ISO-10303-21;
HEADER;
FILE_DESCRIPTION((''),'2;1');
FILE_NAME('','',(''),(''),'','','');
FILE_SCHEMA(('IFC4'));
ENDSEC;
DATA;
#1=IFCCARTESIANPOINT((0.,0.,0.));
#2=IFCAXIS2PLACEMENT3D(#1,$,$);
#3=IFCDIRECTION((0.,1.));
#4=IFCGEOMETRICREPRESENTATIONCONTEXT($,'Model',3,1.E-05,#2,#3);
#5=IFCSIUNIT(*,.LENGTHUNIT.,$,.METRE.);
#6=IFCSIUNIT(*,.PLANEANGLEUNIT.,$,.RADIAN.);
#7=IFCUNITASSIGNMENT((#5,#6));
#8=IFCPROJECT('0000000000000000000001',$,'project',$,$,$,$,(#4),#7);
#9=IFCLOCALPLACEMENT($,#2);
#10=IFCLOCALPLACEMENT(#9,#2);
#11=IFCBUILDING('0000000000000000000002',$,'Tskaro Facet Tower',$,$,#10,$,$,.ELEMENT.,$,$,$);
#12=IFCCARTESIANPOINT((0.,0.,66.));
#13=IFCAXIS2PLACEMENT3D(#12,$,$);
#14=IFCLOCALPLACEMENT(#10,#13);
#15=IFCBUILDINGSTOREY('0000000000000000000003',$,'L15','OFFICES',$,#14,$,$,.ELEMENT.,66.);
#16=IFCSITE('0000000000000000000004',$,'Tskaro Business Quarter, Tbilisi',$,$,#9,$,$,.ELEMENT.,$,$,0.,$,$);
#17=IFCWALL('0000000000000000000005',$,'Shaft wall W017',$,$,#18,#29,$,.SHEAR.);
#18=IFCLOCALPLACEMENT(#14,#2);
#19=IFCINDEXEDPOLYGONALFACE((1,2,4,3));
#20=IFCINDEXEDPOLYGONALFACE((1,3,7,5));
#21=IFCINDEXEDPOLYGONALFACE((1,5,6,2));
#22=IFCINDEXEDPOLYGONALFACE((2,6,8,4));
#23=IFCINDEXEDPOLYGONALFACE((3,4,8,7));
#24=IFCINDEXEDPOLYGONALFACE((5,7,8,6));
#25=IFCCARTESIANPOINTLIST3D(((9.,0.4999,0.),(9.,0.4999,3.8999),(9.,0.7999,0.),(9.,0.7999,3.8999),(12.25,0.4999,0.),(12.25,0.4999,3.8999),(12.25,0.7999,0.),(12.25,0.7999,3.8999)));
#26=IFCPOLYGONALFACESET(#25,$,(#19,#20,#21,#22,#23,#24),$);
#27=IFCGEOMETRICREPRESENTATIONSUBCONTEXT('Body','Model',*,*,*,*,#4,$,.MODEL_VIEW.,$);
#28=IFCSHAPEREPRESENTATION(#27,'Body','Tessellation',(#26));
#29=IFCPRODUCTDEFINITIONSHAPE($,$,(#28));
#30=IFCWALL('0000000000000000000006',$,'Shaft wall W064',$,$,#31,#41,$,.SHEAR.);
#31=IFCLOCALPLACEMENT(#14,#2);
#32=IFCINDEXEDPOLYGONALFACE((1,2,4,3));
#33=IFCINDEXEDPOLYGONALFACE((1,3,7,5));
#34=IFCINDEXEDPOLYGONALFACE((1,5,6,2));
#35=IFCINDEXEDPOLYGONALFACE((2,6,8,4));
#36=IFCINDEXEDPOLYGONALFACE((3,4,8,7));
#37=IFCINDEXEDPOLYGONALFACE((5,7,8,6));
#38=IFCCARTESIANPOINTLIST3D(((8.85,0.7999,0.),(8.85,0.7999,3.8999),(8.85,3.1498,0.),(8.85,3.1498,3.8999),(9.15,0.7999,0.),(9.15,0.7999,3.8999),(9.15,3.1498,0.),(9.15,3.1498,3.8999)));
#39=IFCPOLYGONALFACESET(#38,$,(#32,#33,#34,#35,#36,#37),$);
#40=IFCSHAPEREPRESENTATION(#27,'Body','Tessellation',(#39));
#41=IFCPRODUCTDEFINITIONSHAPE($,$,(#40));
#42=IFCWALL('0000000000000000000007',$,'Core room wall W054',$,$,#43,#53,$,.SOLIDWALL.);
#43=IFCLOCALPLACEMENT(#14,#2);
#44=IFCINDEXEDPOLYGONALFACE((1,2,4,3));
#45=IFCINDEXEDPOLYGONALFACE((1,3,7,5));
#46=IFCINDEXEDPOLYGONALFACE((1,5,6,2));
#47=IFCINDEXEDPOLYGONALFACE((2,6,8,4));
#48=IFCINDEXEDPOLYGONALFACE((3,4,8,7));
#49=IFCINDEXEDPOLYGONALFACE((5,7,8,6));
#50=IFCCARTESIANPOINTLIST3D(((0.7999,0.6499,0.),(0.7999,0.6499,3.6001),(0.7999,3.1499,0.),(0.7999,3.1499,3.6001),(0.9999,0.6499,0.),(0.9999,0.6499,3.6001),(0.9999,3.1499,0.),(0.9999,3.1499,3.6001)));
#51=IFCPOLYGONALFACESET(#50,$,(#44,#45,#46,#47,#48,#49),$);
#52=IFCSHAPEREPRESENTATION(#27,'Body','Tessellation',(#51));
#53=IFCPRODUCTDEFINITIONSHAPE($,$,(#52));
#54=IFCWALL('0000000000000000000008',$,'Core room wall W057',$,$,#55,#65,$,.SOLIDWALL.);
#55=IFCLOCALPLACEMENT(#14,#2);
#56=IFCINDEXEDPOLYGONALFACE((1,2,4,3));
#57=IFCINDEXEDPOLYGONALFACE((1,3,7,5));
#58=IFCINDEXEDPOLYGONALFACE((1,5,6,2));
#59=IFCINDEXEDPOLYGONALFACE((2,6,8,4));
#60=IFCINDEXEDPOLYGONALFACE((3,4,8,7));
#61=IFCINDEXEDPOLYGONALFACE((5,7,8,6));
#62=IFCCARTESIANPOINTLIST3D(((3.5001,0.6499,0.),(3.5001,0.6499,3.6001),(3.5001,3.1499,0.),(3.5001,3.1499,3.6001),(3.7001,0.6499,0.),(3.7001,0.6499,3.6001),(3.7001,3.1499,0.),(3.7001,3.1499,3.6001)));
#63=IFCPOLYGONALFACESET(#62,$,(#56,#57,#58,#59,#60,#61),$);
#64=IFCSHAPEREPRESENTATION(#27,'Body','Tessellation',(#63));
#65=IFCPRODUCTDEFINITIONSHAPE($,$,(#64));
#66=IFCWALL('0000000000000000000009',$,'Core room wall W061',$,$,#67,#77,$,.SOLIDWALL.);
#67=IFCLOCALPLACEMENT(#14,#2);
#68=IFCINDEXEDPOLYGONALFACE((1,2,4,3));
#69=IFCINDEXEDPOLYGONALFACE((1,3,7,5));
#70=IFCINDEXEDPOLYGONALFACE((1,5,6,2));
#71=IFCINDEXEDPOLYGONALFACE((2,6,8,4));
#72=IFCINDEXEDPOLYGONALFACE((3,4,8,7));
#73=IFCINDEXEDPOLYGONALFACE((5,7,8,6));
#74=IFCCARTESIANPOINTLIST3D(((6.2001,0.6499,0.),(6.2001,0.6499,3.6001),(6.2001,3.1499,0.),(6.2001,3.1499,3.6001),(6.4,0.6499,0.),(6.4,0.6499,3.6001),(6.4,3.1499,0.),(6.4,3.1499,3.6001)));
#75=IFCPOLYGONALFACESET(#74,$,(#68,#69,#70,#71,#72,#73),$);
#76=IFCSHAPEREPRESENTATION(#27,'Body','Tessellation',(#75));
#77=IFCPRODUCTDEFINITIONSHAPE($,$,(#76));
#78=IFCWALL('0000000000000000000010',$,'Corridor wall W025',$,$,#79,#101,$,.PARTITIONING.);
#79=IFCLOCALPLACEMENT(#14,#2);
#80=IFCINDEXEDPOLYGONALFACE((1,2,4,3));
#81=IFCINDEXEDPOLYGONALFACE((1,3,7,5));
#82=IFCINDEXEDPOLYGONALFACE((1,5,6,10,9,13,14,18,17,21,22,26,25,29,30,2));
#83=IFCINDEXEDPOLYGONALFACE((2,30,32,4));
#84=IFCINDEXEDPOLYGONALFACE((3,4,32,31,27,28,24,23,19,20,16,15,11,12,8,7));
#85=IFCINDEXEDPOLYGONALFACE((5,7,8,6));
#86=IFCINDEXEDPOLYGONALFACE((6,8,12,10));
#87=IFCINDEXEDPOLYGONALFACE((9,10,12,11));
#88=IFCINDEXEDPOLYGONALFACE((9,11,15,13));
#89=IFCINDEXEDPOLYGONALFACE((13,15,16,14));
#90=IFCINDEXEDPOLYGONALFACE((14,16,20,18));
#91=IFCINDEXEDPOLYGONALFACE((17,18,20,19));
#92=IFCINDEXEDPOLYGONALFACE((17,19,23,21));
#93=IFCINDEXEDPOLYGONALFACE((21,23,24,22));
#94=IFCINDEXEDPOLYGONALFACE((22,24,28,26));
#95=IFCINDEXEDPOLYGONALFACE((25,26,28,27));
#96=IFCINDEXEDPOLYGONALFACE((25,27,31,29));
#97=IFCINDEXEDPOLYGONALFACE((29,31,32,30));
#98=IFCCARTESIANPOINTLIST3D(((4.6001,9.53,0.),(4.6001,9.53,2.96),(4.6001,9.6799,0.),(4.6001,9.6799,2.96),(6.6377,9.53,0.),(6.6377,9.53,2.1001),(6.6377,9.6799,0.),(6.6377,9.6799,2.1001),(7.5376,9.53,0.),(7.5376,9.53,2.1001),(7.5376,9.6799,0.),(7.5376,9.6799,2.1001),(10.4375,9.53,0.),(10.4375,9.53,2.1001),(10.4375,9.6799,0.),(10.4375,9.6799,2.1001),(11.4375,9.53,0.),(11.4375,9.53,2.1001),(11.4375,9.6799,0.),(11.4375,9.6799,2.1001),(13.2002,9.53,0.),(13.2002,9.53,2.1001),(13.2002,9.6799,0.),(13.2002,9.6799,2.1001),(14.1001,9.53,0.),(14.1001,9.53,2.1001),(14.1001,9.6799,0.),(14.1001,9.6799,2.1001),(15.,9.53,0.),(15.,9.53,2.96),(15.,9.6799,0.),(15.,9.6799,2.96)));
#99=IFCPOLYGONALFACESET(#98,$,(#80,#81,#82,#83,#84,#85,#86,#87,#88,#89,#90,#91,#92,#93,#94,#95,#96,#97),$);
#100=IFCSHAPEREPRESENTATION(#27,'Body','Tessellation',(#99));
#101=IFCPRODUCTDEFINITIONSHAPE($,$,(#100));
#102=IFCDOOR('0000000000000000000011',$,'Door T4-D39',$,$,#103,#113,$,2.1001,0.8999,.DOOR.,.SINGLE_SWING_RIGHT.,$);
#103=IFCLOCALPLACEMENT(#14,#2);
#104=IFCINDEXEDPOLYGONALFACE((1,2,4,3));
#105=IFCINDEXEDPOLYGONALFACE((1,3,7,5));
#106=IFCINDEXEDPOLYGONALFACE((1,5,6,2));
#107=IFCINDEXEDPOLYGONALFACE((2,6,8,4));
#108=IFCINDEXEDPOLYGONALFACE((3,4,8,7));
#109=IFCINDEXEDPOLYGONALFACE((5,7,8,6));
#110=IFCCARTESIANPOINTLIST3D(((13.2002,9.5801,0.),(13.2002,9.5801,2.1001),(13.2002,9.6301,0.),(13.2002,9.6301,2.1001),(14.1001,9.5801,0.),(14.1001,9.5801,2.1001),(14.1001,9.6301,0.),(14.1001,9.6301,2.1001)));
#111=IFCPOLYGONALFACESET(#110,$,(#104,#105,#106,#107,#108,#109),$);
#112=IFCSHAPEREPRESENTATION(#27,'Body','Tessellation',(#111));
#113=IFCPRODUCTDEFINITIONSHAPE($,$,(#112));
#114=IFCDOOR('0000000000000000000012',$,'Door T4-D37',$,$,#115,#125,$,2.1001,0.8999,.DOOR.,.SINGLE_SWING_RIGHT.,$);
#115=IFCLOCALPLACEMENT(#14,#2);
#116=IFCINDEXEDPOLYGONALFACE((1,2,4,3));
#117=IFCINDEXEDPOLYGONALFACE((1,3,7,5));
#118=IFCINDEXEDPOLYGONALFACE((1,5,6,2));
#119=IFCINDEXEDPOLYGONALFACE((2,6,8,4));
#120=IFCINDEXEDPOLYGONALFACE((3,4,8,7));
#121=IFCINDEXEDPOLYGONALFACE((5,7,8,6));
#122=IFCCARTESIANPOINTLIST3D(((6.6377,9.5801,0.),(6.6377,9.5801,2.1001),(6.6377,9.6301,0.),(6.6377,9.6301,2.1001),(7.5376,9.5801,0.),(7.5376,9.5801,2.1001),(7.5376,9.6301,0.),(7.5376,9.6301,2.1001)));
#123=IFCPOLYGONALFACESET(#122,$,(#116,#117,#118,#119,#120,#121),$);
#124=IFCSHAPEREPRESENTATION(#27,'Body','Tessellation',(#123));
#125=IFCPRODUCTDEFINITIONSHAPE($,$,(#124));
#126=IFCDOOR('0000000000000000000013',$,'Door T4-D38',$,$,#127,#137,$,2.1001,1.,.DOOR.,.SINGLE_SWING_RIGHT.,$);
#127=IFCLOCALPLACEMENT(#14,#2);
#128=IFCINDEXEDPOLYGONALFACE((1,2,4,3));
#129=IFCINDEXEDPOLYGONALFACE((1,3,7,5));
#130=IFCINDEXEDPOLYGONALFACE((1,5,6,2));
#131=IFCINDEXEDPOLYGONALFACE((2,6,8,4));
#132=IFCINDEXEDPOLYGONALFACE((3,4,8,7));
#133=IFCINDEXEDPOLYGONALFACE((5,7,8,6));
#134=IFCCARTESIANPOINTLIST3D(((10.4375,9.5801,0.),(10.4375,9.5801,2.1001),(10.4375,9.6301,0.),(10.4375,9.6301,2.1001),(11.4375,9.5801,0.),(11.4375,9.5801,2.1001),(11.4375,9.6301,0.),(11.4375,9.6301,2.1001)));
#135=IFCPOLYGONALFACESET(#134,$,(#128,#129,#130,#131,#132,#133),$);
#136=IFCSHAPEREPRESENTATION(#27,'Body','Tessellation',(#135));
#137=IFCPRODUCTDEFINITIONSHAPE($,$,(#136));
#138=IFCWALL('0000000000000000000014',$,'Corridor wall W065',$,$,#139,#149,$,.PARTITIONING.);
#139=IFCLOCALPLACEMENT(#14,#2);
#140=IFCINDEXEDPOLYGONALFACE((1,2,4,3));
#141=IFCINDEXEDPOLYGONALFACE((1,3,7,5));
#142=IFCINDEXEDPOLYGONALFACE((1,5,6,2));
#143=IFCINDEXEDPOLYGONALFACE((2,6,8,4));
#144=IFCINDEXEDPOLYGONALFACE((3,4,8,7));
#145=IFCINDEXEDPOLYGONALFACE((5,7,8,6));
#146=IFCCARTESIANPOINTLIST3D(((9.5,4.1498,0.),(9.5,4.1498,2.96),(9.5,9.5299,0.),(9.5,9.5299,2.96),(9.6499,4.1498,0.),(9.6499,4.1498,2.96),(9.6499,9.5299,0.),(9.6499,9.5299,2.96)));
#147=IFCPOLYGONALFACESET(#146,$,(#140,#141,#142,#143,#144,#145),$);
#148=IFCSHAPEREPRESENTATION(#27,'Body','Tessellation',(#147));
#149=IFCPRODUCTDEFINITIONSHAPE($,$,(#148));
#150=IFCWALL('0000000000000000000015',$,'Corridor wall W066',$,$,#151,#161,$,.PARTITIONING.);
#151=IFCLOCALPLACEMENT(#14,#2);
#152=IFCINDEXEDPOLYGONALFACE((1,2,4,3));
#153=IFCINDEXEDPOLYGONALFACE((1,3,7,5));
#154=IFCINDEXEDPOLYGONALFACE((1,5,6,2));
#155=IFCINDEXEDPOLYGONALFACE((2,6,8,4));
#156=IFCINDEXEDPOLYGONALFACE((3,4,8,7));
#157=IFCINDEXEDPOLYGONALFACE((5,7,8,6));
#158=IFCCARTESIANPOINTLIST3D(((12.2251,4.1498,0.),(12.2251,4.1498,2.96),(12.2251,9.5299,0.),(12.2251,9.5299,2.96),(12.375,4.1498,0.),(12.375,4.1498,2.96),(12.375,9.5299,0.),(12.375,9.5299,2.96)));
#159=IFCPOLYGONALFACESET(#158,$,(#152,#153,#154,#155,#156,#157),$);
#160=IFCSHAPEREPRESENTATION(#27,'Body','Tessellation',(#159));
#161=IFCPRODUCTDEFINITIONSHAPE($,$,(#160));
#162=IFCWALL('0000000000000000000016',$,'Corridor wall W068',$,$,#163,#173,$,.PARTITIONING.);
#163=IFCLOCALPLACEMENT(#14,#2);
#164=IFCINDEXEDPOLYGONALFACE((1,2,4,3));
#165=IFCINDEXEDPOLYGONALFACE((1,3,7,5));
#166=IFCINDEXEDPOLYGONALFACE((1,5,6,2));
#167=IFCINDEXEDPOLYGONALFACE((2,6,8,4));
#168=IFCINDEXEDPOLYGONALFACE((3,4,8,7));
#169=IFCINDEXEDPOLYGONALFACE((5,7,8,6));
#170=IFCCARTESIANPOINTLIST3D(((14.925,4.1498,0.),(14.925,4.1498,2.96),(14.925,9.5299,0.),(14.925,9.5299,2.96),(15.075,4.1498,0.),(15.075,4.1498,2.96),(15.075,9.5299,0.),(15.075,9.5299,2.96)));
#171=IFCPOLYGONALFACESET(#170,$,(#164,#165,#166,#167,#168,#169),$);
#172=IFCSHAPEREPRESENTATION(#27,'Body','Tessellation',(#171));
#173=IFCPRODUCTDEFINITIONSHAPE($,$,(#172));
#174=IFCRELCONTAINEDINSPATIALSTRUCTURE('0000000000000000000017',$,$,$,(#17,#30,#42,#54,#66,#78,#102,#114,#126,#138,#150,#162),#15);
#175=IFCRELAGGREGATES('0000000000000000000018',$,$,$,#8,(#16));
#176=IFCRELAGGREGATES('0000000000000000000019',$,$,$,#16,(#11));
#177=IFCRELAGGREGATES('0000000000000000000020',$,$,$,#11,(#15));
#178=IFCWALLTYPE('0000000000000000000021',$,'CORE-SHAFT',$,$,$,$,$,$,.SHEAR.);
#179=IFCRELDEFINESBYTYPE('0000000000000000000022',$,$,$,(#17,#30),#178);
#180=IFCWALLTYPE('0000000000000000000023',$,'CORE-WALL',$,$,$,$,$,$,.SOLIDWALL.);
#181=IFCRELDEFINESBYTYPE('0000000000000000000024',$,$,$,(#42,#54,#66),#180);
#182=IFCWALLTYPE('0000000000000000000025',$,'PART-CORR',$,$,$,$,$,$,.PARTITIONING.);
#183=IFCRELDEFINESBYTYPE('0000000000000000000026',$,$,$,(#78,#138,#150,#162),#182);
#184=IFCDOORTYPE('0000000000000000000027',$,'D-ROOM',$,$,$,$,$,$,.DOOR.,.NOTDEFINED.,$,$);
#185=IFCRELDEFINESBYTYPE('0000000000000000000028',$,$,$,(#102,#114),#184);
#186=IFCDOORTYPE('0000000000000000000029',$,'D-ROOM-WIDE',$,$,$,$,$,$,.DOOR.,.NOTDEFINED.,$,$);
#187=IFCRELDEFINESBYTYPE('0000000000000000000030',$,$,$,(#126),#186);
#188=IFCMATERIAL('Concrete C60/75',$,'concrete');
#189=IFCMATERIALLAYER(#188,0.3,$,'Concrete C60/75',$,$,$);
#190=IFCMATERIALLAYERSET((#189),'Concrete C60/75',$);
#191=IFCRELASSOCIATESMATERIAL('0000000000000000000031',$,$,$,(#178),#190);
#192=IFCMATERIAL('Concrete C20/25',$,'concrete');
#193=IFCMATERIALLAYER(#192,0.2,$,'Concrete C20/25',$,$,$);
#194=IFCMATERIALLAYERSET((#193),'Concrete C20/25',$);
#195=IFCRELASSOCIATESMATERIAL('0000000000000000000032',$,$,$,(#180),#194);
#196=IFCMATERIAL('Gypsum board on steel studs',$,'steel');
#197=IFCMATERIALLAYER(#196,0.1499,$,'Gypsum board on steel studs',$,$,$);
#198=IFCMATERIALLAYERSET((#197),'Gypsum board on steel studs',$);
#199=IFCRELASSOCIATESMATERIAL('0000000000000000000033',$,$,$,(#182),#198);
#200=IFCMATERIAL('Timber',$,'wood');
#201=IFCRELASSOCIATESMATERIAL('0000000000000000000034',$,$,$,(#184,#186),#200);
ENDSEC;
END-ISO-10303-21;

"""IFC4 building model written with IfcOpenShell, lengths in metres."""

from ifc_helpers import new_model, si_unit, direction, frame, frame_2d, origin, place, context, subcontext, project, spatial, rectangle, extrude, material, layer, layer_set, type_object, element, fill, save


model = new_model("IFC4")

# Units and contexts
model_context = context("Model", 3, precision=1e-05, world=origin(), true_north=direction((0.0, 1.0)))
body_context = subcontext(model_context, "Body", "Model", "MODEL_VIEW")
ifc_project = project(units=[si_unit("LENGTHUNIT", "METRE"), si_unit("PLANEANGLEUNIT", "RADIAN")], contexts=[model_context])

# Site, building, storey
site_placement = place(None, origin())
site = spatial("IfcSite", under=ifc_project, at=site_placement, Name="Tskaro Business Quarter, Tbilisi", CompositionType="ELEMENT", RefElevation=0.0)
building_placement = place(site_placement, origin())
building = spatial("IfcBuilding", under=site, at=building_placement, Name="Tskaro Facet Tower", CompositionType="ELEMENT")
storey_placement = place(building_placement, frame((0.0, 0.0, 66.0)))
storey = spatial("IfcBuildingStorey", under=building, at=storey_placement, Name="L15", Description="OFFICES", CompositionType="ELEMENT", Elevation=66.0)

# Shared definitions
ifc_material_1 = material(Name="Concrete C60/75", Category="concrete")
ifc_layer_1 = layer(ifc_material_1, 0.3, Name="Concrete C60/75")
ifc_layer_set_1 = layer_set([ifc_layer_1], Name="Concrete C60/75")
wall_type_1 = type_object("IfcWallType", Name="CORE-SHAFT", PredefinedType="SHEAR", material=ifc_layer_set_1)

# Walls
wall_1_placement = place(storey_placement, frame((12.25, 0.6499, 0.0), z_axis=(0.0, 0.0, 1.0), x_axis=(-1.0, 0.0, 0.0)))
element("IfcWall", 1, at=wall_1_placement, inside=storey, type_object=wall_type_1, Name="Shaft wall W017", PredefinedType="SHEAR", context=body_context, shape_type="SweptSolid", body=[
    extrude(rectangle(XDim=3.25, YDim=0.3, at=frame_2d((1.625, 0.0))), origin(), (0.0, 0.0, 1.0), 3.8999),
])
wall_2_placement = place(storey_placement, frame((9.0, 0.8, 0.0), z_axis=(0.0, 0.0, 1.0), x_axis=(0.0, 1.0, 0.0)))
element("IfcWall", 2, at=wall_2_placement, inside=storey, type_object=wall_type_1, Name="Shaft wall W064", PredefinedType="SHEAR", context=body_context, shape_type="SweptSolid", body=[
    extrude(rectangle(XDim=2.3499, YDim=0.3, at=frame_2d((1.1748, 0.0))), origin(), (0.0, 0.0, 1.0), 3.8999),
])
ifc_material_2 = material(Name="Concrete C20/25", Category="concrete")
ifc_layer_2 = layer(ifc_material_2, 0.2, Name="Concrete C20/25")
ifc_layer_set_2 = layer_set([ifc_layer_2], Name="Concrete C20/25")
wall_type_2 = type_object("IfcWallType", Name="CORE-WALL", PredefinedType="SOLIDWALL", material=ifc_layer_set_2)
for number, where, z_axis, x_axis, name in (
    (3, (0.8999, 0.6499, 0.0), (0.0, 0.0, 1.0), (0.0, 1.0, 0.0), "Core room wall W054"),
    (4, (3.6001, 0.6499, 0.0), (0.0, 0.0, 1.0), (0.0, 1.0, 0.0), "Core room wall W057"),
    (5, (6.3, 0.6499, 0.0), (0.0, 0.0, 1.0), (0.0, 1.0, 0.0), "Core room wall W061"),
):
    element("IfcWall", number, at=place(storey_placement, frame(where, z_axis=z_axis, x_axis=x_axis)), inside=storey, type_object=wall_type_2, Name=name, PredefinedType="SOLIDWALL", context=body_context, shape_type="SweptSolid", body=[
        extrude(rectangle(XDim=2.5, YDim=0.2, at=frame_2d((1.25, 0.0))), origin(), (0.0, 0.0, 1.0), 3.6001),
    ])

# Wall, openings, doors
ifc_material_3 = material(Name="Gypsum board on steel studs", Category="steel")
ifc_layer_3 = layer(ifc_material_3, 0.1499, Name="Gypsum board on steel studs")
ifc_layer_set_3 = layer_set([ifc_layer_3], Name="Gypsum board on steel studs")
wall_type_3 = type_object("IfcWallType", Name="PART-CORR", PredefinedType="PARTITIONING", material=ifc_layer_set_3)
wall_3_placement = place(storey_placement, frame((15.0, 9.605, 0.0), z_axis=(0.0, 0.0, 1.0), x_axis=(-1.0, 0.0, 0.0)))
wall_3 = element("IfcWall", 6, at=wall_3_placement, inside=storey, type_object=wall_type_3, Name="Corridor wall W025", PredefinedType="PARTITIONING", context=body_context, shape_type="SweptSolid", body=[
    extrude(rectangle(XDim=10.3999, YDim=0.1499, at=frame_2d((5.2, 0.0))), origin(), (0.0, 0.0, 1.0), 2.96),
])
opening_1_placement = place(wall_3_placement, frame((0.8999, 0.0, 0.0)))
opening_1 = element("IfcOpeningElement", 7, at=opening_1_placement, cuts=wall_3, PredefinedType="OPENING", context=body_context, shape_type="SweptSolid", body=[
    extrude(rectangle(XDim=0.8999, YDim=2.1001, at=frame_2d((0.45, 1.05))), frame((0.0, 0.085, 0.0), z_axis=(0.0, -1.0, 0.0), x_axis=(1.0, 0.0, 0.0)), (0.0, 0.0, 1.0), 0.1699),
])
opening_2_placement = place(wall_3_placement, frame((7.4624, 0.0, 0.0)))
opening_2 = element("IfcOpeningElement", 8, at=opening_2_placement, cuts=wall_3, PredefinedType="OPENING", context=body_context, shape_type="SweptSolid", body=[
    extrude(rectangle(XDim=0.8999, YDim=2.1001, at=frame_2d((0.45, 1.05))), frame((0.0, 0.085, 0.0), z_axis=(0.0, -1.0, 0.0), x_axis=(1.0, 0.0, 0.0)), (0.0, 0.0, 1.0), 0.1699),
])
opening_3_placement = place(wall_3_placement, frame((3.5625, 0.0, 0.0)))
opening_3 = element("IfcOpeningElement", 9, at=opening_3_placement, cuts=wall_3, PredefinedType="OPENING", context=body_context, shape_type="SweptSolid", body=[
    extrude(rectangle(XDim=1.0, YDim=2.1001, at=frame_2d((0.5, 1.05))), frame((0.0, 0.085, 0.0), z_axis=(0.0, -1.0, 0.0), x_axis=(1.0, 0.0, 0.0)), (0.0, 0.0, 1.0), 0.1699),
])
ifc_material_4 = material(Name="Timber", Category="wood")
door_type_1 = type_object("IfcDoorType", Name="D-ROOM", OperationType="NOTDEFINED", PredefinedType="DOOR", material=ifc_material_4)
door_1_placement = place(opening_1_placement, origin())
door_1 = element("IfcDoor", 10, at=door_1_placement, inside=storey, type_object=door_type_1, Name="Door T4-D39", OperationType="SINGLE_SWING_RIGHT", OverallHeight=2.1001, OverallWidth=0.8999, PredefinedType="DOOR", context=body_context, shape_type="SweptSolid", body=[
    extrude(rectangle(XDim=0.8999, YDim=2.1001, at=frame_2d((0.45, 1.05))), frame((0.0, 0.0249, 0.0), z_axis=(0.0, -1.0, 0.0), x_axis=(1.0, 0.0, 0.0)), (0.0, 0.0, 1.0), 0.05),
])
fill(opening_1, door_1)
door_2_placement = place(opening_2_placement, origin())
door_2 = element("IfcDoor", 11, at=door_2_placement, inside=storey, type_object=door_type_1, Name="Door T4-D37", OperationType="SINGLE_SWING_RIGHT", OverallHeight=2.1001, OverallWidth=0.8999, PredefinedType="DOOR", context=body_context, shape_type="SweptSolid", body=[
    extrude(rectangle(XDim=0.8999, YDim=2.1001, at=frame_2d((0.45, 1.05))), frame((0.0, 0.0249, 0.0), z_axis=(0.0, -1.0, 0.0), x_axis=(1.0, 0.0, 0.0)), (0.0, 0.0, 1.0), 0.05),
])
fill(opening_2, door_2)
door_type_2 = type_object("IfcDoorType", Name="D-ROOM-WIDE", OperationType="NOTDEFINED", PredefinedType="DOOR", material=ifc_material_4)
door_3_placement = place(opening_3_placement, origin())
door_3 = element("IfcDoor", 12, at=door_3_placement, inside=storey, type_object=door_type_2, Name="Door T4-D38", OperationType="SINGLE_SWING_RIGHT", OverallHeight=2.1001, OverallWidth=1.0, PredefinedType="DOOR", context=body_context, shape_type="SweptSolid", body=[
    extrude(rectangle(XDim=1.0, YDim=2.1001, at=frame_2d((0.5, 1.05))), frame((0.0, 0.0249, 0.0), z_axis=(0.0, -1.0, 0.0), x_axis=(1.0, 0.0, 0.0)), (0.0, 0.0, 1.0), 0.05),
])
fill(opening_3, door_3)

# Walls
for number, where, z_axis, x_axis, name in (
    (13, (9.575, 4.1499, 0.0), (0.0, 0.0, 1.0), (0.0, 1.0, 0.0), "Corridor wall W065"),
    (14, (12.3, 4.1499, 0.0), (0.0, 0.0, 1.0), (0.0, 1.0, 0.0), "Corridor wall W066"),
    (15, (15.0, 4.1499, 0.0), (0.0, 0.0, 1.0), (0.0, 1.0, 0.0), "Corridor wall W068"),
):
    element("IfcWall", number, at=place(storey_placement, frame(where, z_axis=z_axis, x_axis=x_axis)), inside=storey, type_object=wall_type_3, Name=name, PredefinedType="PARTITIONING", context=body_context, shape_type="SweptSolid", body=[
        extrude(rectangle(XDim=5.3801, YDim=0.1499, at=frame_2d((2.6899, 0.0))), origin(), (0.0, 0.0, 1.0), 2.96),
    ])

save(model, "model.ifc")
